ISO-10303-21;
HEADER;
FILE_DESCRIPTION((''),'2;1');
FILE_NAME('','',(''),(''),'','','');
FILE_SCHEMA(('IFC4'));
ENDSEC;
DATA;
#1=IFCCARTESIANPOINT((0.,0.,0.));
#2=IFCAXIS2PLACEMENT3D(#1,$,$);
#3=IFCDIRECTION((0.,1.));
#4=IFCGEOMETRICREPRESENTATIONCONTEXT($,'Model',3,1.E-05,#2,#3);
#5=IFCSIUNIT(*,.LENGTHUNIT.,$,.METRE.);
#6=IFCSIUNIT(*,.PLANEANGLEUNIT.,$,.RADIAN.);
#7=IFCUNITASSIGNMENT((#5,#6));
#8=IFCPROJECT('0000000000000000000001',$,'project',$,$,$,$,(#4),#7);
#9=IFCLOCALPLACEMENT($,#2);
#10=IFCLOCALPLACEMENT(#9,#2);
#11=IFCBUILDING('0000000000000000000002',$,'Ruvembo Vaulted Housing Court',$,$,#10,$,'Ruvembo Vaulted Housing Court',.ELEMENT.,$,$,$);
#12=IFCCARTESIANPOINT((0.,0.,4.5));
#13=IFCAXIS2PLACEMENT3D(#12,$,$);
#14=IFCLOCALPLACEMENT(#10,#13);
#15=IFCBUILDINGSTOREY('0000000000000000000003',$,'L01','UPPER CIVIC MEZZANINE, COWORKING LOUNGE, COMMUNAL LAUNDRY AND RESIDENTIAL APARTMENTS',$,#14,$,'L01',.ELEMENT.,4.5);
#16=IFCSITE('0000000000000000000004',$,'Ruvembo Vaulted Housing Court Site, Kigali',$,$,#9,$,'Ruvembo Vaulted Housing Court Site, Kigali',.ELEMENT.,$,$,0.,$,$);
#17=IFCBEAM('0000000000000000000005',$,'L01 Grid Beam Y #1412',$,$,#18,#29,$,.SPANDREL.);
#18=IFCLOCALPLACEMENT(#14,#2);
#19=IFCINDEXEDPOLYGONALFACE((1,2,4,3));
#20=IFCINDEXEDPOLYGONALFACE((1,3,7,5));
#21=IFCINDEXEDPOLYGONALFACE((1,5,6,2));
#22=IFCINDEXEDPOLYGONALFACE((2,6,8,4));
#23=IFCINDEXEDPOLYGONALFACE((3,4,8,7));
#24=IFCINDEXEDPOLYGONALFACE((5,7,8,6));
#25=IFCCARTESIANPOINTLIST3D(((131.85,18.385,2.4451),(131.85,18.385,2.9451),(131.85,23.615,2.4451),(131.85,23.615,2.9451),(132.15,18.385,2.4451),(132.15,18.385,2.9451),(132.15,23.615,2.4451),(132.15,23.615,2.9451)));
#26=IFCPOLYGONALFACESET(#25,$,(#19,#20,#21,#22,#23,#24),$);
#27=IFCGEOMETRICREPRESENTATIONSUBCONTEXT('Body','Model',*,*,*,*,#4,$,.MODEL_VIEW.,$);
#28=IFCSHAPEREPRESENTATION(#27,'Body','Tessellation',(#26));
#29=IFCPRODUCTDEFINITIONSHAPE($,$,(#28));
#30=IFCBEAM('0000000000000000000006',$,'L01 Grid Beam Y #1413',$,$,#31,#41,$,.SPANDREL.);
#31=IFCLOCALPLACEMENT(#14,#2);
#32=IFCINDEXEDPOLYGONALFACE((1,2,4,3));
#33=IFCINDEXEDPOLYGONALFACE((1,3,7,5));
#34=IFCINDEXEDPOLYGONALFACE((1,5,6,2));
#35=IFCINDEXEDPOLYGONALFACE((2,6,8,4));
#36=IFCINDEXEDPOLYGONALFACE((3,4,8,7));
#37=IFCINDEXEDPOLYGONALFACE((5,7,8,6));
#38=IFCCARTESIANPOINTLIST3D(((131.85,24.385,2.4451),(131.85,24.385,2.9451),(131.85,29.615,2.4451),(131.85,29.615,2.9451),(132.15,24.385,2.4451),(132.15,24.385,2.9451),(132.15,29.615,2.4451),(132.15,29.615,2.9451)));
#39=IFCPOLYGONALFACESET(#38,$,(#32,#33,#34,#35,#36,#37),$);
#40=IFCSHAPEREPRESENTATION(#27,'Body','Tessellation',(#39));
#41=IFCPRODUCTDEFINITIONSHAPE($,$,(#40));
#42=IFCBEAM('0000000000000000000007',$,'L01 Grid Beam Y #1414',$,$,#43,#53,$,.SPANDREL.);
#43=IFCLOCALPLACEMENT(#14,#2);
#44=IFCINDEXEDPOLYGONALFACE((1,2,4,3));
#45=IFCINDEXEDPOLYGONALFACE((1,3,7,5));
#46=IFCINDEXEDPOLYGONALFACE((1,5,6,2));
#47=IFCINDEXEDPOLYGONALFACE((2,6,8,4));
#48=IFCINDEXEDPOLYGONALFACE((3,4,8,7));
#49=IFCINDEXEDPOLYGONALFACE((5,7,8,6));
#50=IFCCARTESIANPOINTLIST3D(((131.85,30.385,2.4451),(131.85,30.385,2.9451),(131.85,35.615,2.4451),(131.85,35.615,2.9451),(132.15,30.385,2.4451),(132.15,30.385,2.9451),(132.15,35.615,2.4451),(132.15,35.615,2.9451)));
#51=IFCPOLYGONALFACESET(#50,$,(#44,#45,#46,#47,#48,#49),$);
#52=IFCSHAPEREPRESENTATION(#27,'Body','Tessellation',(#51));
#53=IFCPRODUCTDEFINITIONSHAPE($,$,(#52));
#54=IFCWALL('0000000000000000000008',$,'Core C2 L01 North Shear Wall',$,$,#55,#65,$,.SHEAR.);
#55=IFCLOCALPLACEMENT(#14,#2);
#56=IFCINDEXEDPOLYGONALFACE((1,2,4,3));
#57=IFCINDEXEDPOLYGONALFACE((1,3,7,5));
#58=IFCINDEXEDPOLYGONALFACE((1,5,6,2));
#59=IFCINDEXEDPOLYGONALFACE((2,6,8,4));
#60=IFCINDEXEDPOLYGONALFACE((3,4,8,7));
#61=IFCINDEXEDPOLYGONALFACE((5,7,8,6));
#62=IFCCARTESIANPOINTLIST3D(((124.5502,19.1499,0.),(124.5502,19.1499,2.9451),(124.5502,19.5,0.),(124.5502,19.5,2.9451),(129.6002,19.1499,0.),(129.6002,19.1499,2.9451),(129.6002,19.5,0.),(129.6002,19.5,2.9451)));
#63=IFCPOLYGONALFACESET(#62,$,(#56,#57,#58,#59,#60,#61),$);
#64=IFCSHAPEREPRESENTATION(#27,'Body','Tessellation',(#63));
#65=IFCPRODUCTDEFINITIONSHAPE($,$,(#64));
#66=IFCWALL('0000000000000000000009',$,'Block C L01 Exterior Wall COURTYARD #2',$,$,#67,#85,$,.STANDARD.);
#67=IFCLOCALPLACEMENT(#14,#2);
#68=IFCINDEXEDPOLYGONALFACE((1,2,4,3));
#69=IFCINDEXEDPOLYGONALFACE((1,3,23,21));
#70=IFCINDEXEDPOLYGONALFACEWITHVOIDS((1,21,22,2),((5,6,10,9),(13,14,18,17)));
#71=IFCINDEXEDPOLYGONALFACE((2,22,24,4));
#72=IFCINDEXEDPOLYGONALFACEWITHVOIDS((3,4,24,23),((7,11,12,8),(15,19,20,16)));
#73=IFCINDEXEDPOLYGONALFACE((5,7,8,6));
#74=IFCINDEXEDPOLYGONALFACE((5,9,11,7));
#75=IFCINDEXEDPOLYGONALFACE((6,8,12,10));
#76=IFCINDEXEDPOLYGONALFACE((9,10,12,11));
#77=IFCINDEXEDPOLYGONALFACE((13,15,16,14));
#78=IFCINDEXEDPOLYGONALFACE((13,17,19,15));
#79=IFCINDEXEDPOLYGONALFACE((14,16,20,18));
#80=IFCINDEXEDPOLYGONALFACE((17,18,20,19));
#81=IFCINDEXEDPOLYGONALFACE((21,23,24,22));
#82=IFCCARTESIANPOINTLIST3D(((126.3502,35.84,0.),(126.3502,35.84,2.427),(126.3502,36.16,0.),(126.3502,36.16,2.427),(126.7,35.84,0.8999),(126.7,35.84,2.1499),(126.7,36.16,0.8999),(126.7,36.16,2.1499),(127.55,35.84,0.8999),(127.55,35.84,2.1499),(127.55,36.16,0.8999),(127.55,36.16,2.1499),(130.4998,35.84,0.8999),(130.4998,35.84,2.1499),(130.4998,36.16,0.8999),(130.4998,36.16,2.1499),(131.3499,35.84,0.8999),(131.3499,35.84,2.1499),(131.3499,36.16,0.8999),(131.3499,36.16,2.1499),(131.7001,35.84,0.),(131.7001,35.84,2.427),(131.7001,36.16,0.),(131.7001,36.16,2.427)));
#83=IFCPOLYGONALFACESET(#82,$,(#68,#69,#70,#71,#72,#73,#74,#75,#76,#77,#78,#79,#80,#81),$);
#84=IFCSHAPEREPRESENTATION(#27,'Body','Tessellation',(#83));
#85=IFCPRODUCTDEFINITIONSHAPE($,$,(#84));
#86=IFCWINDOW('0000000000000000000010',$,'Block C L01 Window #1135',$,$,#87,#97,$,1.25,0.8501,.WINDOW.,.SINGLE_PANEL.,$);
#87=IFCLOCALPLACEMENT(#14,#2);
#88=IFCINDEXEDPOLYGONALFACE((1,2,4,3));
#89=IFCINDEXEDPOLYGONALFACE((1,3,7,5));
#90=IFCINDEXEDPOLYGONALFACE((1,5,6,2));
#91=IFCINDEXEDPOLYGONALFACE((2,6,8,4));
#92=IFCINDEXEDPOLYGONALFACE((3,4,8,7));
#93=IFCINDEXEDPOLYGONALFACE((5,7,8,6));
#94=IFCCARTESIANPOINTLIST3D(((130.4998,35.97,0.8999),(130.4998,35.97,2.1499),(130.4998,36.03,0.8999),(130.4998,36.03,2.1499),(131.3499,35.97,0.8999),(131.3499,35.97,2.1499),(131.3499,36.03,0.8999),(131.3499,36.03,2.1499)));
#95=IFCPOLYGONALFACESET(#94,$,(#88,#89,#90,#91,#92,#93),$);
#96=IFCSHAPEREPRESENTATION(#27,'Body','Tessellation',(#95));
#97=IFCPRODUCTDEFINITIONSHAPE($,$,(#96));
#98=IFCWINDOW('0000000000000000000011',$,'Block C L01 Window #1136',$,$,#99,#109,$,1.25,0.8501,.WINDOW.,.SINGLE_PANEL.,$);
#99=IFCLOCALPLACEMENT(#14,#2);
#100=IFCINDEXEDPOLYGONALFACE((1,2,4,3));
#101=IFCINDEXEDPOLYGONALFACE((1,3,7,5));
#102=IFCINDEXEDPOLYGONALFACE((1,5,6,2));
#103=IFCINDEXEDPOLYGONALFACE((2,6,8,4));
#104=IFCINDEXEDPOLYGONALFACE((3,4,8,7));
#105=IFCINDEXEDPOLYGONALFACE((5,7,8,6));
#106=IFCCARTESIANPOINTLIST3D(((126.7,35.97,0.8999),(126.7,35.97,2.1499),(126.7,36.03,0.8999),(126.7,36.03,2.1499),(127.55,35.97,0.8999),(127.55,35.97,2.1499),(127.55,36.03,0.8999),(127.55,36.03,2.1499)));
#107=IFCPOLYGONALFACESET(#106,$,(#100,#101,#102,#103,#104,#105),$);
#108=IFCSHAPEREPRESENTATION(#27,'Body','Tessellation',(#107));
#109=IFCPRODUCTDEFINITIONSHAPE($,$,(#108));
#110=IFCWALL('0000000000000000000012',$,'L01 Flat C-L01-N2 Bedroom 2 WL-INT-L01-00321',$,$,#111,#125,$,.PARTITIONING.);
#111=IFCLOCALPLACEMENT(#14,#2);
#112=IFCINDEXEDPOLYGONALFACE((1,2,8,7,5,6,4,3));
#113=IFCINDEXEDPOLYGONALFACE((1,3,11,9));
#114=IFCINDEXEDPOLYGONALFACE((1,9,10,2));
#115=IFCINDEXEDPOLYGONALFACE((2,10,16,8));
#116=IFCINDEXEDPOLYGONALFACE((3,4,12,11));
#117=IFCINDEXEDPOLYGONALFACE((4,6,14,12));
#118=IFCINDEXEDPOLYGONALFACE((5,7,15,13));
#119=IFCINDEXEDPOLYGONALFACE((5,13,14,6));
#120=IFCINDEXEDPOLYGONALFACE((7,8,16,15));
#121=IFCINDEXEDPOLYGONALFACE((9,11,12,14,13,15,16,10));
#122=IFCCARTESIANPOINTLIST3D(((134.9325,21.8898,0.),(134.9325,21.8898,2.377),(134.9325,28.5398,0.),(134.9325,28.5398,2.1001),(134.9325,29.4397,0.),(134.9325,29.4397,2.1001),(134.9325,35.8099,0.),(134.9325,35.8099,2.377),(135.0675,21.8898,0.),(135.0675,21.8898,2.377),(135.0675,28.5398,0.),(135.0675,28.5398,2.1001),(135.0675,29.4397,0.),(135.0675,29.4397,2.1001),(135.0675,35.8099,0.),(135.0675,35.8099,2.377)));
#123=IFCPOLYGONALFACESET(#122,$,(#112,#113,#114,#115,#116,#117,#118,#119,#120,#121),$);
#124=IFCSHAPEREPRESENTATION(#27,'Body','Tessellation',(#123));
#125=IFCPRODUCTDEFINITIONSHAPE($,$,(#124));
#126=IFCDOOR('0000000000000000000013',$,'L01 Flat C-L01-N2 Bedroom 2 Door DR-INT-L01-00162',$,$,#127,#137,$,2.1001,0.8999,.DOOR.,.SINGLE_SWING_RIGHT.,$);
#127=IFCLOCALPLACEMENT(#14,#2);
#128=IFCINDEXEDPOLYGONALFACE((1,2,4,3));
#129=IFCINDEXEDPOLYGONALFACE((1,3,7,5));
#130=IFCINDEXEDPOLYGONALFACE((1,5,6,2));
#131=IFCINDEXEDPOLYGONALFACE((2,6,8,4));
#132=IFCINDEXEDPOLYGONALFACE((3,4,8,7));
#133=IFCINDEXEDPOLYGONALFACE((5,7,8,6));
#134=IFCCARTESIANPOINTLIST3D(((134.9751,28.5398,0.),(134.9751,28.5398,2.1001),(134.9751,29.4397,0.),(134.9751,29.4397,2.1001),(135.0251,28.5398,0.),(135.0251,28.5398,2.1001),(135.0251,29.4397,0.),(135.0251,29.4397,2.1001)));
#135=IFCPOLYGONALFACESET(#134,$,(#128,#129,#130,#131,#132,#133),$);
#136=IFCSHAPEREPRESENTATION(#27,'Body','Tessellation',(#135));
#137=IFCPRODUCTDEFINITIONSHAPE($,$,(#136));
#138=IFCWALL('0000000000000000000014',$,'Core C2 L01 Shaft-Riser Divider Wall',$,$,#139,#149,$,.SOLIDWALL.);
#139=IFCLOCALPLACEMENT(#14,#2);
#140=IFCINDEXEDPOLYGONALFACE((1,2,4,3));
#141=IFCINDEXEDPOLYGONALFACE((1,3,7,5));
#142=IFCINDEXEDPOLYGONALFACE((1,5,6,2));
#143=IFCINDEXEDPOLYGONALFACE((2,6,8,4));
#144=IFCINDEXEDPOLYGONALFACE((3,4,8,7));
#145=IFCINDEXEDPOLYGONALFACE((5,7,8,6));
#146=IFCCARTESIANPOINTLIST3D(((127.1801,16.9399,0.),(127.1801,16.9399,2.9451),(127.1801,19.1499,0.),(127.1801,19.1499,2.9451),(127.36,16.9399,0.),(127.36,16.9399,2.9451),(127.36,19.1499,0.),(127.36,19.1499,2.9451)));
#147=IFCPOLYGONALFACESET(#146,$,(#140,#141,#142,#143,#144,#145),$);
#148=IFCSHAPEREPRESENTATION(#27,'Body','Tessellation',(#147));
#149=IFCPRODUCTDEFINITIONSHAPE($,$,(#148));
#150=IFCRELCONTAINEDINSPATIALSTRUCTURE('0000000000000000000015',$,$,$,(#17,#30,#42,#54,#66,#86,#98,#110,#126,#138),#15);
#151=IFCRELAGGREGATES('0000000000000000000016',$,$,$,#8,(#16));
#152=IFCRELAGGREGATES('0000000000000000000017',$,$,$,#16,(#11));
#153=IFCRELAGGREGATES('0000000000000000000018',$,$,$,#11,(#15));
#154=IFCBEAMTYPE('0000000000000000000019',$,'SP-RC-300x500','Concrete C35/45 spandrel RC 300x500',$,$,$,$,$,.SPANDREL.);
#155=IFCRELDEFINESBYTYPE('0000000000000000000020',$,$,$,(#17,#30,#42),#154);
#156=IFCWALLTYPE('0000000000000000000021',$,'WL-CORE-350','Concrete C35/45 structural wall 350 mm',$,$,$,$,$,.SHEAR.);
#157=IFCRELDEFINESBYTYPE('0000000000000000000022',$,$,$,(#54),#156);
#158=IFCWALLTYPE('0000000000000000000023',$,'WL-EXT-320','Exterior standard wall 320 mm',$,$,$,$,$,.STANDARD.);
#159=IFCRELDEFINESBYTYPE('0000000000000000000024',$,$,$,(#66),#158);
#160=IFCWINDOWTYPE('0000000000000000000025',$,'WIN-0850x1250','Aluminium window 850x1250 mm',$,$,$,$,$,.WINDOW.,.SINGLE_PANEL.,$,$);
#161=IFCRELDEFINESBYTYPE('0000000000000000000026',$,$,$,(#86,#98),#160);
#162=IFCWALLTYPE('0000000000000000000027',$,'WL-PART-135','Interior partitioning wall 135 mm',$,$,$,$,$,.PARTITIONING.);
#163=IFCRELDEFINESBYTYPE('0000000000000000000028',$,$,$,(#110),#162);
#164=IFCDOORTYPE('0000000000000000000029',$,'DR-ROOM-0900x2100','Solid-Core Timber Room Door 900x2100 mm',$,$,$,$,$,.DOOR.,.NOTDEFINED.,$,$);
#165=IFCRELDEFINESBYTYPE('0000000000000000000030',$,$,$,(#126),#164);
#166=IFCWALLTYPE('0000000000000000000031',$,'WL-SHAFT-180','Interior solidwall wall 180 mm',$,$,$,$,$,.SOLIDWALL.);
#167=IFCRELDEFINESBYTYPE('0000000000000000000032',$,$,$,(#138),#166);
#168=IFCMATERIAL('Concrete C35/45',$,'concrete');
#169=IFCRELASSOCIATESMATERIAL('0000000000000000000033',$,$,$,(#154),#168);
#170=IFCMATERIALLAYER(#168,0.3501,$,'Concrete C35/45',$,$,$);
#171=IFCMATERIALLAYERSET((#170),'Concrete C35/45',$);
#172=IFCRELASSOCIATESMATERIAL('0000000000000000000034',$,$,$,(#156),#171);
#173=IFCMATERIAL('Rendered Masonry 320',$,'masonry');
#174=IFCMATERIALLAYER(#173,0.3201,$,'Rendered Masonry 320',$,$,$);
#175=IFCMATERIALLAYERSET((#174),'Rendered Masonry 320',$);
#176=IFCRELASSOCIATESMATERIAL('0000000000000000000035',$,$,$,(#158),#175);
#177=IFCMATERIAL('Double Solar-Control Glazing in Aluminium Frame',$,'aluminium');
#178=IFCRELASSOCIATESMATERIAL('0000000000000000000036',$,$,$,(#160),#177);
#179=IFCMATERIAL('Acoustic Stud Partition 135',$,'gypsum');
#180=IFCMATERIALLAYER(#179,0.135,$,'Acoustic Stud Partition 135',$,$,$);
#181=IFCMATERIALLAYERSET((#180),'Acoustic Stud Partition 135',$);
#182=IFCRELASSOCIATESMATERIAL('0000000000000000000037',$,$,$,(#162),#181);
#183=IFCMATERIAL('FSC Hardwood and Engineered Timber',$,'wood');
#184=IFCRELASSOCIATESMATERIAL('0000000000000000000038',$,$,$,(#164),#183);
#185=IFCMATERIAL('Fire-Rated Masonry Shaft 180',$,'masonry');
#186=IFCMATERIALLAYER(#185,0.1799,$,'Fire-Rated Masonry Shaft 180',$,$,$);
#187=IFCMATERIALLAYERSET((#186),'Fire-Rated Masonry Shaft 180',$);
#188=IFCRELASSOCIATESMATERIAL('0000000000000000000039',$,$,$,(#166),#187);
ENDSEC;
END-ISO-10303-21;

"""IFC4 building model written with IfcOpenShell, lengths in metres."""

from ifc_helpers import new_model, si_unit, direction, frame, frame_2d, origin, origin_2d, place, context, subcontext, project, spatial, rectangle, extrude, material, layer, layer_set, material_profile, profile_set, type_object, element, fill, save


model = new_model("IFC4")

# Units and contexts
model_context = context("Model", 3, precision=1e-05, world=origin(), true_north=direction((0.0, 1.0)))
body_context = subcontext(model_context, "Body", "Model", "MODEL_VIEW")
ifc_project = project(units=[si_unit("LENGTHUNIT", "METRE"), si_unit("PLANEANGLEUNIT", "RADIAN")], contexts=[model_context])

# Site, building, storey
site_placement = place(None, origin())
site = spatial("IfcSite", under=ifc_project, at=site_placement, Name="Ruvembo Vaulted Housing Court Site, Kigali", LongName="Ruvembo Vaulted Housing Court Site, Kigali", CompositionType="ELEMENT", RefElevation=0.0)
building_placement = place(site_placement, origin())
building = spatial("IfcBuilding", under=site, at=building_placement, Name="Ruvembo Vaulted Housing Court", LongName="Ruvembo Vaulted Housing Court", CompositionType="ELEMENT")
storey_placement = place(building_placement, frame((0.0, 0.0, 4.5)))
storey = spatial("IfcBuildingStorey", under=building, at=storey_placement, Name="L01", Description="UPPER CIVIC MEZZANINE, COWORKING LOUNGE, COMMUNAL LAUNDRY AND RESIDENTIAL APARTMENTS", LongName="L01", CompositionType="ELEMENT", Elevation=4.5)

# Beams
ifc_material_1 = material(Name="Concrete C35/45", Category="concrete")
ifc_material_profile_1 = material_profile(ifc_material_1, rectangle(XDim=0.3, YDim=0.5, at=origin_2d()), Name="RC 300x500")
ifc_profile_set_1 = profile_set([ifc_material_profile_1], Name="Concrete C35/45")
beam_type_1 = type_object("IfcBeamType", Name="SP-RC-300x500", Description="Concrete C35/45 spandrel RC 300x500", PredefinedType="SPANDREL", material=ifc_profile_set_1)
for number, where, z_axis, x_axis, name in (
    (1, (132.0, 18.385, 2.6951), (0.0, 1.0, 0.0), (-1.0, 0.0, 0.0), "L01 Grid Beam Y #1412"),
    (2, (132.0, 24.385, 2.6951), (0.0, 1.0, 0.0), (-1.0, 0.0, 0.0), "L01 Grid Beam Y #1413"),
    (3, (132.0, 30.385, 2.6951), (0.0, 1.0, 0.0), (-1.0, 0.0, 0.0), "L01 Grid Beam Y #1414"),
):
    element("IfcBeam", number, at=place(storey_placement, frame(where, z_axis=z_axis, x_axis=x_axis)), inside=storey, type_object=beam_type_1, Name=name, PredefinedType="SPANDREL", context=body_context, shape_type="SweptSolid", body=[
        extrude(rectangle(XDim=0.3, YDim=0.5, at=origin_2d()), origin(), (0.0, 0.0, 1.0), 5.23),
    ])

# Wall
ifc_layer_1 = layer(ifc_material_1, 0.3501, Name="Concrete C35/45")
ifc_layer_set_1 = layer_set([ifc_layer_1], Name="Concrete C35/45")
wall_type_1 = type_object("IfcWallType", Name="WL-CORE-350", Description="Concrete C35/45 structural wall 350 mm", PredefinedType="SHEAR", material=ifc_layer_set_1)
wall_1_placement = place(storey_placement, frame((129.6001, 19.325, 0.0), z_axis=(0.0, 0.0, 1.0), x_axis=(-1.0, 0.0, 0.0)))
element("IfcWall", 4, at=wall_1_placement, inside=storey, type_object=wall_type_1, Name="Core C2 L01 North Shear Wall", PredefinedType="SHEAR", context=body_context, shape_type="SweptSolid", body=[
    extrude(rectangle(XDim=5.05, YDim=0.3501, at=frame_2d((2.5249, 0.0))), origin(), (0.0, 0.0, 1.0), 2.9451),
])

# Wall, openings, windows
ifc_material_2 = material(Name="Rendered Masonry 320", Category="masonry")
ifc_layer_2 = layer(ifc_material_2, 0.3201, Name="Rendered Masonry 320")
ifc_layer_set_2 = layer_set([ifc_layer_2], Name="Rendered Masonry 320")
wall_type_2 = type_object("IfcWallType", Name="WL-EXT-320", Description="Exterior standard wall 320 mm", PredefinedType="STANDARD", material=ifc_layer_set_2)
wall_2_placement = place(storey_placement, frame((131.7, 36.0, 0.0), z_axis=(0.0, 0.0, 1.0), x_axis=(-1.0, 0.0, 0.0)))
wall_2 = element("IfcWall", 5, at=wall_2_placement, inside=storey, type_object=wall_type_2, Name="Block C L01 Exterior Wall COURTYARD #2", PredefinedType="STANDARD", context=body_context, shape_type="SweptSolid", body=[
    extrude(rectangle(XDim=5.3499, YDim=0.3201, at=frame_2d((2.6748, 0.0))), origin(), (0.0, 0.0, 1.0), 2.427),
])
opening_1_placement = place(wall_2_placement, frame((0.3501, 0.0, 0.8999)))
opening_1 = element("IfcOpeningElement", 6, at=opening_1_placement, cuts=wall_2, PredefinedType="OPENING", context=body_context, shape_type="SweptSolid", body=[
    extrude(rectangle(XDim=0.8501, YDim=1.25, at=frame_2d((0.425, 0.625))), frame((0.0, 0.1699, 0.0), z_axis=(0.0, -1.0, 0.0), x_axis=(1.0, 0.0, 0.0)), (0.0, 0.0, 1.0), 0.3401),
])
opening_2_placement = place(wall_2_placement, frame((4.1499, 0.0, 0.8999)))
opening_2 = element("IfcOpeningElement", 7, at=opening_2_placement, cuts=wall_2, PredefinedType="OPENING", context=body_context, shape_type="SweptSolid", body=[
    extrude(rectangle(XDim=0.8501, YDim=1.25, at=frame_2d((0.425, 0.625))), frame((0.0, 0.1699, 0.0), z_axis=(0.0, -1.0, 0.0), x_axis=(1.0, 0.0, 0.0)), (0.0, 0.0, 1.0), 0.3401),
])
ifc_material_3 = material(Name="Double Solar-Control Glazing in Aluminium Frame", Category="aluminium")
window_type = type_object("IfcWindowType", Name="WIN-0850x1250", Description="Aluminium window 850x1250 mm", PartitioningType="SINGLE_PANEL", PredefinedType="WINDOW", material=ifc_material_3)
window_1_placement = place(opening_1_placement, origin())
window_1 = element("IfcWindow", 8, at=window_1_placement, inside=storey, type_object=window_type, Name="Block C L01 Window #1135", OverallHeight=1.25, OverallWidth=0.8501, PartitioningType="SINGLE_PANEL", PredefinedType="WINDOW", context=body_context, shape_type="SweptSolid", body=[
    extrude(rectangle(XDim=0.8501, YDim=1.25, at=frame_2d((0.425, 0.625))), frame((0.0, 0.03, 0.0), z_axis=(0.0, -1.0, 0.0), x_axis=(1.0, 0.0, 0.0)), (0.0, 0.0, 1.0), 0.0601),
])
fill(opening_1, window_1)
window_2_placement = place(opening_2_placement, origin())
window_2 = element("IfcWindow", 9, at=window_2_placement, inside=storey, type_object=window_type, Name="Block C L01 Window #1136", OverallHeight=1.25, OverallWidth=0.8501, PartitioningType="SINGLE_PANEL", PredefinedType="WINDOW", context=body_context, shape_type="SweptSolid", body=[
    extrude(rectangle(XDim=0.8501, YDim=1.25, at=frame_2d((0.425, 0.625))), frame((0.0, 0.03, 0.0), z_axis=(0.0, -1.0, 0.0), x_axis=(1.0, 0.0, 0.0)), (0.0, 0.0, 1.0), 0.0601),
])
fill(opening_2, window_2)

# Wall, opening, door
ifc_material_4 = material(Name="Acoustic Stud Partition 135", Category="gypsum")
ifc_layer_3 = layer(ifc_material_4, 0.135, Name="Acoustic Stud Partition 135")
ifc_layer_set_3 = layer_set([ifc_layer_3], Name="Acoustic Stud Partition 135")
wall_type_3 = type_object("IfcWallType", Name="WL-PART-135", Description="Interior partitioning wall 135 mm", PredefinedType="PARTITIONING", material=ifc_layer_set_3)
wall_3_placement = place(storey_placement, frame((135.0, 21.8899, 0.0), z_axis=(0.0, 0.0, 1.0), x_axis=(0.0, 1.0, 0.0)))
wall_3 = element("IfcWall", 10, at=wall_3_placement, inside=storey, type_object=wall_type_3, Name="L01 Flat C-L01-N2 Bedroom 2 WL-INT-L01-00321", PredefinedType="PARTITIONING", context=body_context, shape_type="SweptSolid", body=[
    extrude(rectangle(XDim=13.9202, YDim=0.135, at=frame_2d((6.96, 0.0))), origin(), (0.0, 0.0, 1.0), 2.377),
])
opening_3_placement = place(wall_3_placement, frame((6.6499, 0.0, 0.0)))
opening_3 = element("IfcOpeningElement", 11, at=opening_3_placement, cuts=wall_3, PredefinedType="OPENING", context=body_context, shape_type="SweptSolid", body=[
    extrude(rectangle(XDim=0.8999, YDim=2.1001, at=frame_2d((0.45, 1.05))), frame((0.0, 0.0774, 0.0), z_axis=(0.0, -1.0, 0.0), x_axis=(1.0, 0.0, 0.0)), (0.0, 0.0, 1.0), 0.155),
])
ifc_material_5 = material(Name="FSC Hardwood and Engineered Timber", Category="wood")
door_type = type_object("IfcDoorType", Name="DR-ROOM-0900x2100", Description="Solid-Core Timber Room Door 900x2100 mm", OperationType="NOTDEFINED", PredefinedType="DOOR", material=ifc_material_5)
door_placement = place(opening_3_placement, origin())
door = element("IfcDoor", 12, at=door_placement, inside=storey, type_object=door_type, Name="L01 Flat C-L01-N2 Bedroom 2 Door DR-INT-L01-00162", OperationType="SINGLE_SWING_RIGHT", OverallHeight=2.1001, OverallWidth=0.8999, PredefinedType="DOOR", context=body_context, shape_type="SweptSolid", body=[
    extrude(rectangle(XDim=0.8999, YDim=2.1001, at=frame_2d((0.45, 1.05))), frame((0.0, 0.0249, 0.0), z_axis=(0.0, -1.0, 0.0), x_axis=(1.0, 0.0, 0.0)), (0.0, 0.0, 1.0), 0.05),
])
fill(opening_3, door)

# Wall
ifc_material_6 = material(Name="Fire-Rated Masonry Shaft 180", Category="masonry")
ifc_layer_4 = layer(ifc_material_6, 0.1799, Name="Fire-Rated Masonry Shaft 180")
ifc_layer_set_4 = layer_set([ifc_layer_4], Name="Fire-Rated Masonry Shaft 180")
wall_type_4 = type_object("IfcWallType", Name="WL-SHAFT-180", Description="Interior solidwall wall 180 mm", PredefinedType="SOLIDWALL", material=ifc_layer_set_4)
wall_4_placement = place(storey_placement, frame((127.27, 16.9399, 0.0), z_axis=(0.0, 0.0, 1.0), x_axis=(0.0, 1.0, 0.0)))
element("IfcWall", 13, at=wall_4_placement, inside=storey, type_object=wall_type_4, Name="Core C2 L01 Shaft-Riser Divider Wall", PredefinedType="SOLIDWALL", context=body_context, shape_type="SweptSolid", body=[
    extrude(rectangle(XDim=2.21, YDim=0.1799, at=frame_2d((1.105, 0.0))), origin(), (0.0, 0.0, 1.0), 2.9451),
])

save(model, "model.ifc")
